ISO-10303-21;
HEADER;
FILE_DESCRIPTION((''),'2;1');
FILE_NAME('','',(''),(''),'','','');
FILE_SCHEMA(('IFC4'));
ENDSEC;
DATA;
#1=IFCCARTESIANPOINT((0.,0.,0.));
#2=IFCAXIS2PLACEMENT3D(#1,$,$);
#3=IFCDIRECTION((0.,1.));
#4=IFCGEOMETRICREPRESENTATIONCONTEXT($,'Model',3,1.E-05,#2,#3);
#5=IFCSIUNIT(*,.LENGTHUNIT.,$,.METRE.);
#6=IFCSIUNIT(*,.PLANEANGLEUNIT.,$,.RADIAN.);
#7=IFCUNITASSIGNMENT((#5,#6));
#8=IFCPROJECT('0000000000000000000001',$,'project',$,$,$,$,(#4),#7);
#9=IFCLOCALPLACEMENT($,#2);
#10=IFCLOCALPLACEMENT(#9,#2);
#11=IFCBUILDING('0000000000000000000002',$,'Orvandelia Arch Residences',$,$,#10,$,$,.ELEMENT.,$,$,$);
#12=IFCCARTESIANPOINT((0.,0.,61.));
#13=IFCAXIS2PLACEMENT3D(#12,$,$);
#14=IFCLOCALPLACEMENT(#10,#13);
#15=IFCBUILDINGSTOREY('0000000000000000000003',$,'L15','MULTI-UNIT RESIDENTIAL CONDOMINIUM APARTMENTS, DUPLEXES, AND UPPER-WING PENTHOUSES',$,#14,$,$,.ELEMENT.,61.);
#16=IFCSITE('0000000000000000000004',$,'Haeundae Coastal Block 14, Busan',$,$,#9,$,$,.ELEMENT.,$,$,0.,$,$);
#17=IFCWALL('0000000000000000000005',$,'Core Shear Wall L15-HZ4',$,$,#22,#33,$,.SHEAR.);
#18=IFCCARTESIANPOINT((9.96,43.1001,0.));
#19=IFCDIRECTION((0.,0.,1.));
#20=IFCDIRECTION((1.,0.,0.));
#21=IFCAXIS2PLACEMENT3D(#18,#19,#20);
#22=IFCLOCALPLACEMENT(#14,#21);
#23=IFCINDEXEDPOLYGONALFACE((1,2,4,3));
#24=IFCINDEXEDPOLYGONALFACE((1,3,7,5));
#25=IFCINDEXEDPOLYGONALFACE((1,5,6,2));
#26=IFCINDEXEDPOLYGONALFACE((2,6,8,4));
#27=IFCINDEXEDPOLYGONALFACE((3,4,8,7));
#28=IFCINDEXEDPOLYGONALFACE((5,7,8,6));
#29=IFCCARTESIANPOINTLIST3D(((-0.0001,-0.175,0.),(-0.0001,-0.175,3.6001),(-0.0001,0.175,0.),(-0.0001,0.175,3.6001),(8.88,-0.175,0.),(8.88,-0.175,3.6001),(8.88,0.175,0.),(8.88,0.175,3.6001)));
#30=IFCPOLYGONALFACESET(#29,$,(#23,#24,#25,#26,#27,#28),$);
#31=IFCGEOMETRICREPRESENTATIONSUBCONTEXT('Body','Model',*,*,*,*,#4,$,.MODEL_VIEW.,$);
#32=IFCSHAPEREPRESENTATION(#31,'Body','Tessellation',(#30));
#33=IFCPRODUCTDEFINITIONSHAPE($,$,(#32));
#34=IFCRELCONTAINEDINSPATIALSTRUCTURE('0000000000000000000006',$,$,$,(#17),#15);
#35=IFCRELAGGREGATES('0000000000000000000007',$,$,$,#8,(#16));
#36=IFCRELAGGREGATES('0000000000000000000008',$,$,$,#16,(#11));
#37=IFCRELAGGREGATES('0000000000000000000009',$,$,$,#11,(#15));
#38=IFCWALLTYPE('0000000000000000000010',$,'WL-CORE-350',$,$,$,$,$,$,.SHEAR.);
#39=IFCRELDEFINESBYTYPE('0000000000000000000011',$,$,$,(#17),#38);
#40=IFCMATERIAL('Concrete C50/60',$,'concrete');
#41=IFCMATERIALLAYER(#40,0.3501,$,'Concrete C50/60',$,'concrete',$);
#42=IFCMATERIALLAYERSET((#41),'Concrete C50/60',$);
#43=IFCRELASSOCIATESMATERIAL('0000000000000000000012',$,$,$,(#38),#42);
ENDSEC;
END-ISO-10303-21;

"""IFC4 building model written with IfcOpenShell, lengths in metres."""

from ifc_helpers import new_model, si_unit, direction, frame, frame_2d, origin, place, context, subcontext, project, spatial, rectangle, extrude, material, layer, layer_set, type_object, element, save


model = new_model("IFC4")

# Units and contexts
model_context = context("Model", 3, precision=1e-05, world=origin(), true_north=direction((0.0, 1.0)))
body_context = subcontext(model_context, "Body", "Model", "MODEL_VIEW")
ifc_project = project(units=[si_unit("LENGTHUNIT", "METRE"), si_unit("PLANEANGLEUNIT", "RADIAN")], contexts=[model_context])

# Site, building, storey
site_placement = place(None, origin())
site = spatial("IfcSite", under=ifc_project, at=site_placement, Name="Haeundae Coastal Block 14, Busan", CompositionType="ELEMENT", RefElevation=0.0)
building_placement = place(site_placement, origin())
building = spatial("IfcBuilding", under=site, at=building_placement, Name="Orvandelia Arch Residences", CompositionType="ELEMENT")
storey_placement = place(building_placement, frame((0.0, 0.0, 61.0)))
storey = spatial("IfcBuildingStorey", under=building, at=storey_placement, Name="L15", Description="MULTI-UNIT RESIDENTIAL CONDOMINIUM APARTMENTS, DUPLEXES, AND UPPER-WING PENTHOUSES", CompositionType="ELEMENT", Elevation=61.0)

# Wall
ifc_material_1 = material(Name="Concrete C50/60", Category="concrete")
ifc_layer_1 = layer(ifc_material_1, 0.3501, Name="Concrete C50/60", Category="concrete")
ifc_layer_set_1 = layer_set([ifc_layer_1], Name="Concrete C50/60")
wall_type_1 = type_object("IfcWallType", Name="WL-CORE-350", PredefinedType="SHEAR", material=ifc_layer_set_1)
wall_1_placement = place(storey_placement, frame((9.96, 43.1001, 0.0), z_axis=(0.0, 0.0, 1.0), x_axis=(1.0, 0.0, 0.0)))
element("IfcWall", 1, at=wall_1_placement, inside=storey, type_object=wall_type_1, Name="Core Shear Wall L15-HZ4", PredefinedType="SHEAR", context=body_context, shape_type="SweptSolid", body=[
    extrude(rectangle(XDim=8.8801, YDim=0.3501, at=frame_2d((4.4399, 0.0))), origin(), (0.0, 0.0, 1.0), 3.6001),
])

save(model, "model.ifc")
